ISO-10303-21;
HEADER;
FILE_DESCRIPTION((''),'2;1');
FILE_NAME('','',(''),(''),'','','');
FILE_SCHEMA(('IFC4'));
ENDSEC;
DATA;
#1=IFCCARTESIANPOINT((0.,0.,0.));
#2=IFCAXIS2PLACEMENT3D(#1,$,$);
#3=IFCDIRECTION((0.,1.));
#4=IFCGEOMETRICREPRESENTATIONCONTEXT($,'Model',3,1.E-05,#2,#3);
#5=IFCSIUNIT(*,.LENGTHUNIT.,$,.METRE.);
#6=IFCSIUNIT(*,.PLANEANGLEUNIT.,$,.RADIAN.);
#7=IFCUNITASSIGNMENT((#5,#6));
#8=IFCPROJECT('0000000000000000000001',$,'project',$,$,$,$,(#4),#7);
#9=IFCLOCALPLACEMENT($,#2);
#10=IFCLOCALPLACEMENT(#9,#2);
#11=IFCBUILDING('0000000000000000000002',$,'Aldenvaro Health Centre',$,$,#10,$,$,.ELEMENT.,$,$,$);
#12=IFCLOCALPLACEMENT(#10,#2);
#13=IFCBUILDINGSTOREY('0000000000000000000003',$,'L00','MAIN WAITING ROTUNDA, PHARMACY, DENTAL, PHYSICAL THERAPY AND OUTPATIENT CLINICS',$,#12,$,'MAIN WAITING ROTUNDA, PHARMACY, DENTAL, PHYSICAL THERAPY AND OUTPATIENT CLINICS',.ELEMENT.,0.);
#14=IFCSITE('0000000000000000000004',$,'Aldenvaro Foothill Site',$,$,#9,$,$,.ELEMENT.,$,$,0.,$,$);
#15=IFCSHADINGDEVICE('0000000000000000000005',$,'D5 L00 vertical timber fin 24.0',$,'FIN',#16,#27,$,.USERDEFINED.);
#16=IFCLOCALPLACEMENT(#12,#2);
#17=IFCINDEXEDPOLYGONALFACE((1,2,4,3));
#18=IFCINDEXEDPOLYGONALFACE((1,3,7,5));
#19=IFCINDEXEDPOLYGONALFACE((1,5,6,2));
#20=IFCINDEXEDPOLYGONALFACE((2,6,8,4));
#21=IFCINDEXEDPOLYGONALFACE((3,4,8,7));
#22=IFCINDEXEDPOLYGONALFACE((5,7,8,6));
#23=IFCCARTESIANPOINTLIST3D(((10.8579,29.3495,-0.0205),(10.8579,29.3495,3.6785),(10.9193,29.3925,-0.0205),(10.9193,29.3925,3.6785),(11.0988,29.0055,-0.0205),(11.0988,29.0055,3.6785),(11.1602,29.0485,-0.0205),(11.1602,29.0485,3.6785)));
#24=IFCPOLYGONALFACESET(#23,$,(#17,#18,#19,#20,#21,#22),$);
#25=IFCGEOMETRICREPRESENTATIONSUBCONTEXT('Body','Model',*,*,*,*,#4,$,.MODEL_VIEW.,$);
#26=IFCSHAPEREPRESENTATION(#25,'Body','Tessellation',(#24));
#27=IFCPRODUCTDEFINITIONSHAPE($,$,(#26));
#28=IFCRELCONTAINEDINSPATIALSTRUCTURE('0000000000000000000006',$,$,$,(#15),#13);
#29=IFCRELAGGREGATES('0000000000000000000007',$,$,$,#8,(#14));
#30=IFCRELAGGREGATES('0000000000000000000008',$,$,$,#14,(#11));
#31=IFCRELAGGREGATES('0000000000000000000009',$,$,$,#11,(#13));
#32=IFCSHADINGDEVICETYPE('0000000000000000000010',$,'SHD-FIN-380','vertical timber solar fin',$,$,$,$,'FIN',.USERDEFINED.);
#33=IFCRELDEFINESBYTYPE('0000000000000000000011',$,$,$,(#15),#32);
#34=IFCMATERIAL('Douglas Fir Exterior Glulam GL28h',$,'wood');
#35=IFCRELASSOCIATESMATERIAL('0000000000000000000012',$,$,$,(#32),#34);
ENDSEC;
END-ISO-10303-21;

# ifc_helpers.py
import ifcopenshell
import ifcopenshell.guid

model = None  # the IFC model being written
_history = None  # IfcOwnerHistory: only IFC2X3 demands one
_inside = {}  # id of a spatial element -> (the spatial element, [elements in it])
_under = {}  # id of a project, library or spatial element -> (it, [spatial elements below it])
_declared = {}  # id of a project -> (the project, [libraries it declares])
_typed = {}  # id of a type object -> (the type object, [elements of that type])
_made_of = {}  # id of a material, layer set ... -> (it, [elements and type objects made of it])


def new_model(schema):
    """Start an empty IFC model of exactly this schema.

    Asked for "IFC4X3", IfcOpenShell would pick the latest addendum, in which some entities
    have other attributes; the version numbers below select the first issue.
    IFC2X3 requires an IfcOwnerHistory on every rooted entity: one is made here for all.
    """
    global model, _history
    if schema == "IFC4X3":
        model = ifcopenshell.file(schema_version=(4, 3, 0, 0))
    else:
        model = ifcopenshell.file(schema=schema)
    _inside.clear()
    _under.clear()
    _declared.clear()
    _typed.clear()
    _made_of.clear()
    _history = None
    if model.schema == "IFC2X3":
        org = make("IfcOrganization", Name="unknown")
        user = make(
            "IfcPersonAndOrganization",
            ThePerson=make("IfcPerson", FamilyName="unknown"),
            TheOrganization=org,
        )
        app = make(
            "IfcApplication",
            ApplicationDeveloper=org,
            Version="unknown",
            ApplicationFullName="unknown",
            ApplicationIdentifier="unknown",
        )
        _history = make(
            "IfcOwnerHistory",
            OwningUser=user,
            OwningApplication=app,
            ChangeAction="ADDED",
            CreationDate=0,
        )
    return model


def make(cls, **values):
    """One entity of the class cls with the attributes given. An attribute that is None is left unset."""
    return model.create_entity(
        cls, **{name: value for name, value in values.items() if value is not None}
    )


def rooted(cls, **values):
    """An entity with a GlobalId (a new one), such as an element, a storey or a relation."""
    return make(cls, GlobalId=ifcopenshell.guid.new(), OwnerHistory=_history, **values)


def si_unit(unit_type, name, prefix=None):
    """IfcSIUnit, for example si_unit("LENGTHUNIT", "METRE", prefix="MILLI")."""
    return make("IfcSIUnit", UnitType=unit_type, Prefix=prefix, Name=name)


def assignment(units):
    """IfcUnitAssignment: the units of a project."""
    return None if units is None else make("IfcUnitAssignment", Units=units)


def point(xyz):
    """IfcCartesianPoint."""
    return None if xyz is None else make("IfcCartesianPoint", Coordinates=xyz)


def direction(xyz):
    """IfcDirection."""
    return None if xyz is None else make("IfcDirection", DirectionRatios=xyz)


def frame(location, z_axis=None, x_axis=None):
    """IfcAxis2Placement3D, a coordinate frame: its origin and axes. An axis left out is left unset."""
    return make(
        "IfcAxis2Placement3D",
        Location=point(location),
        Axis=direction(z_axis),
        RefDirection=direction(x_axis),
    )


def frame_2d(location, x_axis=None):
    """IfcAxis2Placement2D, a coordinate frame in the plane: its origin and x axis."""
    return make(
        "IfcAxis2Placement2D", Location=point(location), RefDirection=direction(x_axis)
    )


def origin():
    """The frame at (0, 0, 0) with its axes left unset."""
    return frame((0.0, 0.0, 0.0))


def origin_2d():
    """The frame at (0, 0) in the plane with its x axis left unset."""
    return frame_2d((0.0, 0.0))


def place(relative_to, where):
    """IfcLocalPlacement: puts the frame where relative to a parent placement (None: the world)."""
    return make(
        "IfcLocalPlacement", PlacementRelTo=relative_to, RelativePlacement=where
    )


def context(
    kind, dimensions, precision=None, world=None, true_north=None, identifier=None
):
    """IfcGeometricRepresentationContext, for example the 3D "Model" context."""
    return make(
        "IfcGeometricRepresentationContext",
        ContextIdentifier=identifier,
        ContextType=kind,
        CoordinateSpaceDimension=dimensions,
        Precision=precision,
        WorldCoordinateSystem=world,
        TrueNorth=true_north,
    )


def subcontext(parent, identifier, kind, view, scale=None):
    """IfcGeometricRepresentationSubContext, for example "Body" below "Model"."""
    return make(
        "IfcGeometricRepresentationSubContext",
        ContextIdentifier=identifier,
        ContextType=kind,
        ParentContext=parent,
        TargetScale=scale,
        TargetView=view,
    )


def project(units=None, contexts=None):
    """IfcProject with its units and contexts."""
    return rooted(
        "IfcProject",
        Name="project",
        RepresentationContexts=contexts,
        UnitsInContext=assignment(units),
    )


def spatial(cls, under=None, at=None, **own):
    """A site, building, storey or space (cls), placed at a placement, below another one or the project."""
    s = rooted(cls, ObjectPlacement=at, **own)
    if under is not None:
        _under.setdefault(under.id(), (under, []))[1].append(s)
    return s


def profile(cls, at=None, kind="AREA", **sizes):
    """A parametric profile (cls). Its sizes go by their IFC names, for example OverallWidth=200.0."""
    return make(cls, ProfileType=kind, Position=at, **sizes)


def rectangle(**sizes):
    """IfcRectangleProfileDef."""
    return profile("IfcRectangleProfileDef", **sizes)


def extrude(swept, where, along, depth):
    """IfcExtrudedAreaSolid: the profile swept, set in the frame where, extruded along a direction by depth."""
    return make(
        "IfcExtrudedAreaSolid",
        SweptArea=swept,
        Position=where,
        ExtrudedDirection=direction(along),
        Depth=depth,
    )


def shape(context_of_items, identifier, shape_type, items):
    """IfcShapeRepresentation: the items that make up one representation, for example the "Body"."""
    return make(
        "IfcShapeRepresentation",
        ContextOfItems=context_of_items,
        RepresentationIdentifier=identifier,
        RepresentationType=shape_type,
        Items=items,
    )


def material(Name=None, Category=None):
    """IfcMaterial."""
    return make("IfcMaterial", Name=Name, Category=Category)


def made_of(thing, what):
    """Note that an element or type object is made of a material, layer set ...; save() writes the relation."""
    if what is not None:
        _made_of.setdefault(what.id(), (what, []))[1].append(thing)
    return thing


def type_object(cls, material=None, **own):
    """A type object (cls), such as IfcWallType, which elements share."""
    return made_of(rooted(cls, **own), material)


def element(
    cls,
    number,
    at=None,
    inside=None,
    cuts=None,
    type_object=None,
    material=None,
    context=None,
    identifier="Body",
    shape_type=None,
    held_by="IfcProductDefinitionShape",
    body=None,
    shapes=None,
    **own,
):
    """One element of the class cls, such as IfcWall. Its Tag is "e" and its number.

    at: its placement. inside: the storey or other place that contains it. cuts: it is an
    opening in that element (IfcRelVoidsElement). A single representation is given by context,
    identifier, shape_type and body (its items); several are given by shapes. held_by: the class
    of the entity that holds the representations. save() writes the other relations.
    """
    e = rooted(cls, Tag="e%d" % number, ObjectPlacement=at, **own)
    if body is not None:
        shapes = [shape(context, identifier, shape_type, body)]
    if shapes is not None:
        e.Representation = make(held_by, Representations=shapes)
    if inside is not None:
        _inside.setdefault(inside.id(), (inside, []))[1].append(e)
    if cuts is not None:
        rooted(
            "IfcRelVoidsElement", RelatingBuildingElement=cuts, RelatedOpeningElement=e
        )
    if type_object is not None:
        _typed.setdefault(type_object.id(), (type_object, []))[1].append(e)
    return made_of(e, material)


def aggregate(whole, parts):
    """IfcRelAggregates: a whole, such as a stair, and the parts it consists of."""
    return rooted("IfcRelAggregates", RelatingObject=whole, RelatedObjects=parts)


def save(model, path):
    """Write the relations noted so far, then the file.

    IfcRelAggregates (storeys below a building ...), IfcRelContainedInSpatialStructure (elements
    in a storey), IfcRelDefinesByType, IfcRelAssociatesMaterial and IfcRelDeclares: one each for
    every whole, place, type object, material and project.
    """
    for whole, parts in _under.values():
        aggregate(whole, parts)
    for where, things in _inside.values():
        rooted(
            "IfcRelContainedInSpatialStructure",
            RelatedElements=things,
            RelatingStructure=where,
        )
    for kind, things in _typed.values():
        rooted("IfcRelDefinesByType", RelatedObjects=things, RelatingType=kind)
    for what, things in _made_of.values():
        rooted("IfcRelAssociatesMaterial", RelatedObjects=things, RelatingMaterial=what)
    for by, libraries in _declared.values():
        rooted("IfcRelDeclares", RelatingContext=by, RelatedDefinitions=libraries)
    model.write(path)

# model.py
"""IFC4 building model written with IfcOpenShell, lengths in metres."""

from ifc_helpers import new_model, si_unit, direction, frame, origin, origin_2d, place, context, subcontext, project, spatial, rectangle, extrude, material, type_object, element, save


model = new_model("IFC4")

# Units and contexts
model_context = context("Model", 3, precision=1e-05, world=origin(), true_north=direction((0.0, 1.0)))
body_context = subcontext(model_context, "Body", "Model", "MODEL_VIEW")
ifc_project = project(units=[si_unit("LENGTHUNIT", "METRE"), si_unit("PLANEANGLEUNIT", "RADIAN")], contexts=[model_context])

# Site, building, storey
site_placement = place(None, origin())
site = spatial("IfcSite", under=ifc_project, at=site_placement, Name="Aldenvaro Foothill Site", CompositionType="ELEMENT", RefElevation=0.0)
building_placement = place(site_placement, origin())
building = spatial("IfcBuilding", under=site, at=building_placement, Name="Aldenvaro Health Centre", CompositionType="ELEMENT")
storey_placement = place(building_placement, origin())
storey = spatial("IfcBuildingStorey", under=building, at=storey_placement, Name="L00", Description="MAIN WAITING ROTUNDA, PHARMACY, DENTAL, PHYSICAL THERAPY AND OUTPATIENT CLINICS", LongName="MAIN WAITING ROTUNDA, PHARMACY, DENTAL, PHYSICAL THERAPY AND OUTPATIENT CLINICS", CompositionType="ELEMENT", Elevation=0.0)

# Shading device
ifc_material_1 = material(Name="Douglas Fir Exterior Glulam GL28h", Category="wood")
shading_device_type = type_object("IfcShadingDeviceType", Name="SHD-FIN-380", Description="vertical timber solar fin", ElementType="FIN", PredefinedType="USERDEFINED", material=ifc_material_1)
shading_device_placement = place(storey_placement, frame((11.009, 29.199, -0.0205), z_axis=(0.0, 0.0, 1.0), x_axis=(0.819107, 0.573641, 0.0)))
element("IfcShadingDevice", 1, at=shading_device_placement, inside=storey, type_object=shading_device_type, Name="D5 L00 vertical timber fin 24.0", ObjectType="FIN", PredefinedType="USERDEFINED", context=body_context, shape_type="SweptSolid", body=[
    extrude(rectangle(XDim=0.075, YDim=0.4199, at=origin_2d()), origin(), (0.0, 0.0, 1.0), 3.699),
])

save(model, "model.ifc")
